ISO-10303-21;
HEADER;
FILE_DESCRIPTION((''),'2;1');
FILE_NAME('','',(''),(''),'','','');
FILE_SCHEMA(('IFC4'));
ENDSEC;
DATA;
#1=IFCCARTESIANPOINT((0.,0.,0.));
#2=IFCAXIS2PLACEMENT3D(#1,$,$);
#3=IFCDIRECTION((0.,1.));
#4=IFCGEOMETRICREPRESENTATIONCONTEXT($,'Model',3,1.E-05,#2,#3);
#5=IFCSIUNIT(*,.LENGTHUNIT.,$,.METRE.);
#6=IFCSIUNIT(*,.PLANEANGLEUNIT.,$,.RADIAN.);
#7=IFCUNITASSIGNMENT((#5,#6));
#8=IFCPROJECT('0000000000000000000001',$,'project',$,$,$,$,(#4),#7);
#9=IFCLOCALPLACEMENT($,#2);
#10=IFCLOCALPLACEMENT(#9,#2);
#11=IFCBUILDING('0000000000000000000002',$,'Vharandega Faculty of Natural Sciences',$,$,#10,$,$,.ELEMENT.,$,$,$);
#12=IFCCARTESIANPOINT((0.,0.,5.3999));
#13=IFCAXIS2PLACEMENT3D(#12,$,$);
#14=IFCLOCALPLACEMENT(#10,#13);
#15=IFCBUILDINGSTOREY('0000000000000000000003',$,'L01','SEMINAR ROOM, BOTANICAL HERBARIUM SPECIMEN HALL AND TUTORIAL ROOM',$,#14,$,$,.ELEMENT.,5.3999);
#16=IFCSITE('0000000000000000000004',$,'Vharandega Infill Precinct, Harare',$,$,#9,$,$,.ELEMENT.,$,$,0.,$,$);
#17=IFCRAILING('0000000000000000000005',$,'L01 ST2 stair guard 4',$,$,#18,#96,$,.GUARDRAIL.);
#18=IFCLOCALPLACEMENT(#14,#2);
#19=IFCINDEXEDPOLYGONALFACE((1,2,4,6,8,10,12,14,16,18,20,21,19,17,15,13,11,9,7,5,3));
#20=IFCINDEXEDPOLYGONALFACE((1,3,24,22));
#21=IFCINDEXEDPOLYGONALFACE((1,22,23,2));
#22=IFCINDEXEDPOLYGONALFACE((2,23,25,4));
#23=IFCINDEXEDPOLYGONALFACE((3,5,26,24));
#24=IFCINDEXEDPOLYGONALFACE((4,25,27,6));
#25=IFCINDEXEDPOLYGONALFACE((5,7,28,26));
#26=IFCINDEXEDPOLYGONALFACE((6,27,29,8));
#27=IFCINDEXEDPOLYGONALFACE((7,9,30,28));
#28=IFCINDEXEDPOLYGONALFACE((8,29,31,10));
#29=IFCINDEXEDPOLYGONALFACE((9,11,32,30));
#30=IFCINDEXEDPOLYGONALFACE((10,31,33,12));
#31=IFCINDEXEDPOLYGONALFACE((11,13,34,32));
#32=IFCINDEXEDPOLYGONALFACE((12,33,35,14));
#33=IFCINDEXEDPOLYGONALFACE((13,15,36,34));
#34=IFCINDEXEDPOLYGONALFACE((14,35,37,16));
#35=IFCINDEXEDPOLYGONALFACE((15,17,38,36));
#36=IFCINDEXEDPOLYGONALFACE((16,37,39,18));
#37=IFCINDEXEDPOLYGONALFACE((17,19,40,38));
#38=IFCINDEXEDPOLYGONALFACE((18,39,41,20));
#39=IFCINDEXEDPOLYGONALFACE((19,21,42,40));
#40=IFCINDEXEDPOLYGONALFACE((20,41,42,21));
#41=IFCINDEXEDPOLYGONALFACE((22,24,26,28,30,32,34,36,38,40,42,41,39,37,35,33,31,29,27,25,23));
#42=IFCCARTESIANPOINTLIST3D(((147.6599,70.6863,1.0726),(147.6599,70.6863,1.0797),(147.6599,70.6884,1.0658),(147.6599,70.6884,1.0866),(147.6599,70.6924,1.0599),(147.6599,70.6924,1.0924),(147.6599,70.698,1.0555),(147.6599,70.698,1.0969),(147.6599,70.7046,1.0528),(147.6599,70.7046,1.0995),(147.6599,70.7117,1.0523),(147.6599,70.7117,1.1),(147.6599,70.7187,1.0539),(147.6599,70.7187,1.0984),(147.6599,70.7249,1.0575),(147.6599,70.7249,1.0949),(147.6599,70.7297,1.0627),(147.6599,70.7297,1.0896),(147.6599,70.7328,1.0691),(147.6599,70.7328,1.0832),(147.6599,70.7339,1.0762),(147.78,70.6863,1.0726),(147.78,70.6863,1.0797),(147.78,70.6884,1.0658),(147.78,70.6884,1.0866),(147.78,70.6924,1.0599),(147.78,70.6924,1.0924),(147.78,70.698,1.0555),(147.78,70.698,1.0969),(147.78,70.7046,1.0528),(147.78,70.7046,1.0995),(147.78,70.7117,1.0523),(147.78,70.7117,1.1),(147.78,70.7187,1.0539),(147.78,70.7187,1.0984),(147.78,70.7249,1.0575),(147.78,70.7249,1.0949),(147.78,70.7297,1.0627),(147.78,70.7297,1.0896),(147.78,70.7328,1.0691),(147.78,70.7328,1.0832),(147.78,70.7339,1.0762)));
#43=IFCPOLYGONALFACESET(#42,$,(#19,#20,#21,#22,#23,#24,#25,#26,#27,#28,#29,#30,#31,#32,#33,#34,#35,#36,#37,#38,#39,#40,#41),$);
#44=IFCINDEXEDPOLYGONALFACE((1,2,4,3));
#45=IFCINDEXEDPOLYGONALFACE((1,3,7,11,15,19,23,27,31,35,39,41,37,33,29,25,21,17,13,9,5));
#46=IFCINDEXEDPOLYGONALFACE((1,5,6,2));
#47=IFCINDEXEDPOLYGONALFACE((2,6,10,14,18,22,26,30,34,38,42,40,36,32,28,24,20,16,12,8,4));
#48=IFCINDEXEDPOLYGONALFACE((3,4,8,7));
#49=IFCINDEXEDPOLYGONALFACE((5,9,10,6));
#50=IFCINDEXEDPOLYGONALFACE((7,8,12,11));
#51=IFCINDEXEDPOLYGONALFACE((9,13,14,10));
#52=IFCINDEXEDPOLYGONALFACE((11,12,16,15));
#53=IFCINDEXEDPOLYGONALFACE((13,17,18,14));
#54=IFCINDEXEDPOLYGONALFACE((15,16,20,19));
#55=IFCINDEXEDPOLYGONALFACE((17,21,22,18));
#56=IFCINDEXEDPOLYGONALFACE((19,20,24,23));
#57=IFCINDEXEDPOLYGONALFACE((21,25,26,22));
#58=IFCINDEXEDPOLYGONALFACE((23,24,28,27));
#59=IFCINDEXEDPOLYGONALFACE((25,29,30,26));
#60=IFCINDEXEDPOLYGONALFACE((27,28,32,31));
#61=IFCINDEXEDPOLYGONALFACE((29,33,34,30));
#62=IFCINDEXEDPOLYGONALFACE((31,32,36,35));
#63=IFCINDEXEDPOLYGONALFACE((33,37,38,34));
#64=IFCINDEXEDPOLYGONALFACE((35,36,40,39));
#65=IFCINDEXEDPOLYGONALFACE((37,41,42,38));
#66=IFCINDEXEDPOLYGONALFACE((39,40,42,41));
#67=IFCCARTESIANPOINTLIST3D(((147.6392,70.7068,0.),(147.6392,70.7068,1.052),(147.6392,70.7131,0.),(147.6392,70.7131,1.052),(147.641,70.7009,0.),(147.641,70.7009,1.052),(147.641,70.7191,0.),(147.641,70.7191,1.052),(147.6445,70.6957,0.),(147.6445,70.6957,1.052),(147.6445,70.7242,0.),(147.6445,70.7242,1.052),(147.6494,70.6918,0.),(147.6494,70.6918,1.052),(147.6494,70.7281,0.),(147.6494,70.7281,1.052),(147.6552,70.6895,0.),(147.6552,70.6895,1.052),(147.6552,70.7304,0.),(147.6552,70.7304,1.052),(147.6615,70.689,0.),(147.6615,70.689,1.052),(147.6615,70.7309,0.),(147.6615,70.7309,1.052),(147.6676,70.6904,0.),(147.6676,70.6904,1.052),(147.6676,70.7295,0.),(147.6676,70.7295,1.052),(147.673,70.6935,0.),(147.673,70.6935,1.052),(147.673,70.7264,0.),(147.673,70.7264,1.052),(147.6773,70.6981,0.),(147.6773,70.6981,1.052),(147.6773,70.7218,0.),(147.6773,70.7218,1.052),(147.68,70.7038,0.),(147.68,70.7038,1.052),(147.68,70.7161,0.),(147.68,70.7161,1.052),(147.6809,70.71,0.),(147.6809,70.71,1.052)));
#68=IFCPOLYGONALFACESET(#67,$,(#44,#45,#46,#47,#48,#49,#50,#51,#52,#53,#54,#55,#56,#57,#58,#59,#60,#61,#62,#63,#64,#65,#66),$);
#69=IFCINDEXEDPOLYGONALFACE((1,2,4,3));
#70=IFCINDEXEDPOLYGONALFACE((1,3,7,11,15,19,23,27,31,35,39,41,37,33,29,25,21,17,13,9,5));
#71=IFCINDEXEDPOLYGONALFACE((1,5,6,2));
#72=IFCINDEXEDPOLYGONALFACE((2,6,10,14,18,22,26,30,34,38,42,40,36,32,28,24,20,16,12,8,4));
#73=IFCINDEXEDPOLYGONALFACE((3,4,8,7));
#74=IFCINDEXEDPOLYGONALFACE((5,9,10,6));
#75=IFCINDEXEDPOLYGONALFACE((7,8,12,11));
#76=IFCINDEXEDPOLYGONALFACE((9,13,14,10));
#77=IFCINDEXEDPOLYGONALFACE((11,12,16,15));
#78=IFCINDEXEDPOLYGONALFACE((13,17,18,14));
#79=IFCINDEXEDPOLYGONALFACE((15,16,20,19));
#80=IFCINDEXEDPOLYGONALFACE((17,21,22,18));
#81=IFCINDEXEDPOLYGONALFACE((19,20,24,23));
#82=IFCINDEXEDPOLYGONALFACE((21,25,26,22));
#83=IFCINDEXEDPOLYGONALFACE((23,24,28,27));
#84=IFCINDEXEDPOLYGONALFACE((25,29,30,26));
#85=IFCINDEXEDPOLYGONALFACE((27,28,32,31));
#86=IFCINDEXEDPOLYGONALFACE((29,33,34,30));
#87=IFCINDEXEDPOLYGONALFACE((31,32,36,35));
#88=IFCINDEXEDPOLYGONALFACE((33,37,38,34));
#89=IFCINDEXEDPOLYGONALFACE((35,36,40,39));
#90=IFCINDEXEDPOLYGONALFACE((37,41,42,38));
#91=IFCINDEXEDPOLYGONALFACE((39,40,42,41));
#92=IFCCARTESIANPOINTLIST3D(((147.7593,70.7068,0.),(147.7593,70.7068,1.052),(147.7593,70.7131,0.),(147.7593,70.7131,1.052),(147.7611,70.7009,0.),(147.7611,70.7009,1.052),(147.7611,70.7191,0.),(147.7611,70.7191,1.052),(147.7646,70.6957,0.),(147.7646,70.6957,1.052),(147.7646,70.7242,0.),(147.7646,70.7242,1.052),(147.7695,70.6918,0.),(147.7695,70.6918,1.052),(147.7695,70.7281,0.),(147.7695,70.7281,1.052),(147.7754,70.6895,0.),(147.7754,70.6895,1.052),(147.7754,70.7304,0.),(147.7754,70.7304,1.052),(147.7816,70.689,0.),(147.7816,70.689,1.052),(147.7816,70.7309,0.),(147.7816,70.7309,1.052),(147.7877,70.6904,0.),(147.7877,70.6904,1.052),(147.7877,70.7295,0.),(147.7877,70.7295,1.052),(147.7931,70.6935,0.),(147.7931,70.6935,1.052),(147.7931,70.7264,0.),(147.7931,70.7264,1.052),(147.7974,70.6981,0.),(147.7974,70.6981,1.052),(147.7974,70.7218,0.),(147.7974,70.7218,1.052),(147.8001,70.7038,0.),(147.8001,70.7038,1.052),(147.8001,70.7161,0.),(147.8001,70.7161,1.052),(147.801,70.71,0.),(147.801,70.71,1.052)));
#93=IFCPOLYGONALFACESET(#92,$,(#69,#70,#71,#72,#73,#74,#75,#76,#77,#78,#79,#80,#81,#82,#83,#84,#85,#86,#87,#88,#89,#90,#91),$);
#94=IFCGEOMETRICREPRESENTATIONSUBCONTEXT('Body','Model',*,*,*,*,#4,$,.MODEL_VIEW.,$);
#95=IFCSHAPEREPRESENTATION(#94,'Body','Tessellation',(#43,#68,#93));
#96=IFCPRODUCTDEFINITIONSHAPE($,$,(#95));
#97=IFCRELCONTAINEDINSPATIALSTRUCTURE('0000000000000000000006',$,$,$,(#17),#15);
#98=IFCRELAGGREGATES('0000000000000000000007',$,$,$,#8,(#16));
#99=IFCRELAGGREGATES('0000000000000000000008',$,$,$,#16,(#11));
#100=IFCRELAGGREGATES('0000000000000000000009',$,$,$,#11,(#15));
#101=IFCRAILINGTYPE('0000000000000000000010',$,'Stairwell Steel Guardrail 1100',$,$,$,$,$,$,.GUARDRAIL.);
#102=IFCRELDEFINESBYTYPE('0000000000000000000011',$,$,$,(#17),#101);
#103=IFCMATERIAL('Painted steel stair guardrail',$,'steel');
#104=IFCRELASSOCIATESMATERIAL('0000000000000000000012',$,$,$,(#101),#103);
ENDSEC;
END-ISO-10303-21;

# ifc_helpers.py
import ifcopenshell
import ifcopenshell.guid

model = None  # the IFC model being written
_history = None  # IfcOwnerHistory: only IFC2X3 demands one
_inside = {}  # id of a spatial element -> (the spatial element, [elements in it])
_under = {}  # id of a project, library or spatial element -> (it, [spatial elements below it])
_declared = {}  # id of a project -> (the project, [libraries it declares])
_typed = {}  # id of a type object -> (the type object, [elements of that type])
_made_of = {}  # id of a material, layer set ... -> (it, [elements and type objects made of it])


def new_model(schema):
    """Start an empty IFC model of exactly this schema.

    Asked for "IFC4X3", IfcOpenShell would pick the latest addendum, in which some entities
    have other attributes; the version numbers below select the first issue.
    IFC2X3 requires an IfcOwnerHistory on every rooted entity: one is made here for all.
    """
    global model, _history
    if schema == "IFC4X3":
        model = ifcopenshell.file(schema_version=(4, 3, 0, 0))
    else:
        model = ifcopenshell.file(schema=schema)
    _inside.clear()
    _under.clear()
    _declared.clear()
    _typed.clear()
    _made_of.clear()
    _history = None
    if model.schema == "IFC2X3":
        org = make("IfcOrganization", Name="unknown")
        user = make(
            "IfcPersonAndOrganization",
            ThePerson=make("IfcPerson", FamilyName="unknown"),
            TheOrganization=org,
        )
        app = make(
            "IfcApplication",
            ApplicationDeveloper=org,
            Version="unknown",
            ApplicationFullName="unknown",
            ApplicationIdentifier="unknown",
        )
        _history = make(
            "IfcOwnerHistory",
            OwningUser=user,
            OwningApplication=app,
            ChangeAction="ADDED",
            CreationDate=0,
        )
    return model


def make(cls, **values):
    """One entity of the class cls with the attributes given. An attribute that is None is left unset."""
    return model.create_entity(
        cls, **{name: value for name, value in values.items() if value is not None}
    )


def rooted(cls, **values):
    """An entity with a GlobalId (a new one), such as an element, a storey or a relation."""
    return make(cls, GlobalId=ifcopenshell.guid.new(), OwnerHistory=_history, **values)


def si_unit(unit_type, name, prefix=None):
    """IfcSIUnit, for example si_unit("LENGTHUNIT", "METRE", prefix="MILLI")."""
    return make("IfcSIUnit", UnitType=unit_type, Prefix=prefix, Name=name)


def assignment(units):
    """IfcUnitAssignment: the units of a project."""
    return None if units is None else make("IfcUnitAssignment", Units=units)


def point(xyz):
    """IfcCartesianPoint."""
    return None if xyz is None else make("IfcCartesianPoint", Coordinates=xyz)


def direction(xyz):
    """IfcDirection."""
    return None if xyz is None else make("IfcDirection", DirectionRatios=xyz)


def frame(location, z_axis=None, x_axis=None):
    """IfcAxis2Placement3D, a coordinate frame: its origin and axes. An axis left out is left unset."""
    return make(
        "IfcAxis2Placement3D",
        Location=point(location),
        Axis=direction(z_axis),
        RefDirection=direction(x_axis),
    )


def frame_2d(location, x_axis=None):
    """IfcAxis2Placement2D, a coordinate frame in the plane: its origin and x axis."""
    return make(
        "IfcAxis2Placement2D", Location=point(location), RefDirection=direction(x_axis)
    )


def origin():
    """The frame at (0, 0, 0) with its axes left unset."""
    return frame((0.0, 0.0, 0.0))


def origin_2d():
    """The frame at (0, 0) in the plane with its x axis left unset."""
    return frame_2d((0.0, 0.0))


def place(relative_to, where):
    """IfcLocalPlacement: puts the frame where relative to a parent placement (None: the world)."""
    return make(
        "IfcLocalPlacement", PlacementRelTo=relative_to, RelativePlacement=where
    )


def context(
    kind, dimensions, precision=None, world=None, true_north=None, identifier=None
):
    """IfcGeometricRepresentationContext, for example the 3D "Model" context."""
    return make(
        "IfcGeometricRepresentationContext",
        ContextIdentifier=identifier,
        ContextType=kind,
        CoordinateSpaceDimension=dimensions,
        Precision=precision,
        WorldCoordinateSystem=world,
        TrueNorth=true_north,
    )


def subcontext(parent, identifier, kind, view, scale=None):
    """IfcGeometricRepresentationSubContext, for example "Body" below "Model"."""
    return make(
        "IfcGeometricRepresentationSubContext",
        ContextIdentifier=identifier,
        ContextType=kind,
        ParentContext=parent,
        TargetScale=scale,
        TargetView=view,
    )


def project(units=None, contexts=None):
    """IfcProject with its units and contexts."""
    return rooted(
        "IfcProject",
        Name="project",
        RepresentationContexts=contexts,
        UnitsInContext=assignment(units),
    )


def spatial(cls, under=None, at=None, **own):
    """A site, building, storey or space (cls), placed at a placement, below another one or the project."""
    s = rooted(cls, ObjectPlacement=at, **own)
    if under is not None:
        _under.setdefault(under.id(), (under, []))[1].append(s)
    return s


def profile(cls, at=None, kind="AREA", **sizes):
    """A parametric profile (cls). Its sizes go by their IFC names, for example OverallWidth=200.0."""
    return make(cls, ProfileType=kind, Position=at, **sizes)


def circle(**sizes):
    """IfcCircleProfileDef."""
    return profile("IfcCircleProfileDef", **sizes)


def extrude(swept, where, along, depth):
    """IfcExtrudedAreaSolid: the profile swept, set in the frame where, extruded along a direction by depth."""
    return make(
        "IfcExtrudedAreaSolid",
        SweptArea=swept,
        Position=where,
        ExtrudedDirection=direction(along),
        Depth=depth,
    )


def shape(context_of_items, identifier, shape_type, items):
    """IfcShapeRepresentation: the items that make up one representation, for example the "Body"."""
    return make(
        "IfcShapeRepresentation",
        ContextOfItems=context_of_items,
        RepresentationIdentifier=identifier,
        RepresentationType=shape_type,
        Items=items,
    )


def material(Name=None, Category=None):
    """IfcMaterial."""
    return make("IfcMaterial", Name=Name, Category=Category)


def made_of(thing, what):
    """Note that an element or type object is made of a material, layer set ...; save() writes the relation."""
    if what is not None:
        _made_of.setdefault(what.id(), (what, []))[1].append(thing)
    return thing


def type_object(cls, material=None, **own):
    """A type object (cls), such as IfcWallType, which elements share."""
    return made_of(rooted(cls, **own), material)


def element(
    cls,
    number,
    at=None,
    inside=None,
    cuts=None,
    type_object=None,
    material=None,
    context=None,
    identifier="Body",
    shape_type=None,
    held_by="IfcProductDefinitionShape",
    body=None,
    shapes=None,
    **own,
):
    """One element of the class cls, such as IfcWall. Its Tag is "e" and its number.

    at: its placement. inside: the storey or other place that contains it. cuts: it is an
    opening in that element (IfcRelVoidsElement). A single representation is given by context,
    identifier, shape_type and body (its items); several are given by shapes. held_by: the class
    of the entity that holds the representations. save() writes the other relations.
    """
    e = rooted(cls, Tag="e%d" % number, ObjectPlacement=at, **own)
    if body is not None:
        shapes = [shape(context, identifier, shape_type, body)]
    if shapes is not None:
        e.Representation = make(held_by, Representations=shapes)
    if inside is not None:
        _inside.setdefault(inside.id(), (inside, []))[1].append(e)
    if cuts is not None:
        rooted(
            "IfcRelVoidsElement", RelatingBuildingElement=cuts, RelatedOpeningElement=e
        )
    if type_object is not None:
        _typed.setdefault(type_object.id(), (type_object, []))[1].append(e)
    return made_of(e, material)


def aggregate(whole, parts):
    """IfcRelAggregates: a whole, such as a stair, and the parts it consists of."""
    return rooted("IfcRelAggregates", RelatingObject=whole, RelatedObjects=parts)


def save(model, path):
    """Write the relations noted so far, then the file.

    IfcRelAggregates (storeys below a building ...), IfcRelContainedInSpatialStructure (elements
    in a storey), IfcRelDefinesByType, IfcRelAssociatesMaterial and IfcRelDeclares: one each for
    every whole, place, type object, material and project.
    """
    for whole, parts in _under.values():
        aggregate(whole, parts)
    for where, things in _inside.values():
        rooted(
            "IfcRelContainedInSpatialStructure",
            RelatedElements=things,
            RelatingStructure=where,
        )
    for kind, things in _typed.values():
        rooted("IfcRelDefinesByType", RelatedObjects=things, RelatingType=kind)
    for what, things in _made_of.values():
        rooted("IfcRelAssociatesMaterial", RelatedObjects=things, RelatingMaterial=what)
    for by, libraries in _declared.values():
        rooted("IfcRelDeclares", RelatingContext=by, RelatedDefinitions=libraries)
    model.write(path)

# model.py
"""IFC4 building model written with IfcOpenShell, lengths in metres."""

from ifc_helpers import new_model, si_unit, direction, frame, origin, origin_2d, place, context, subcontext, project, spatial, circle, extrude, material, type_object, element, save


model = new_model("IFC4")

# Units and contexts
model_context = context("Model", 3, precision=1e-05, world=origin(), true_north=direction((0.0, 1.0)))
body_context = subcontext(model_context, "Body", "Model", "MODEL_VIEW")
ifc_project = project(units=[si_unit("LENGTHUNIT", "METRE"), si_unit("PLANEANGLEUNIT", "RADIAN")], contexts=[model_context])

# Site, building, storey
site_placement = place(None, origin())
site = spatial("IfcSite", under=ifc_project, at=site_placement, Name="Vharandega Infill Precinct, Harare", CompositionType="ELEMENT", RefElevation=0.0)
building_placement = place(site_placement, origin())
building = spatial("IfcBuilding", under=site, at=building_placement, Name="Vharandega Faculty of Natural Sciences", CompositionType="ELEMENT")
storey_placement = place(building_placement, frame((0.0, 0.0, 5.3999)))
storey = spatial("IfcBuildingStorey", under=building, at=storey_placement, Name="L01", Description="SEMINAR ROOM, BOTANICAL HERBARIUM SPECIMEN HALL AND TUTORIAL ROOM", CompositionType="ELEMENT", Elevation=5.3999)

# Railing
ifc_material_1 = material(Name="Painted steel stair guardrail", Category="steel")
railing_type = type_object("IfcRailingType", Name="Stairwell Steel Guardrail 1100", PredefinedType="GUARDRAIL", material=ifc_material_1)
railing_1_placement = place(storey_placement, frame((147.6599, 70.71, 0.0)))
element("IfcRailing", 1, at=railing_1_placement, inside=storey, type_object=railing_type, Name="L01 ST2 stair guard 4", PredefinedType="GUARDRAIL", context=body_context, shape_type="SweptSolid", body=[
    extrude(circle(Radius=0.0239, at=origin_2d()), frame((0.0, 0.0, 1.0762), z_axis=(1.0, 0.0, 0.0), x_axis=(0.0, 1.0, 0.0)), (0.0, 0.0, 1.0), 0.1201),
    extrude(circle(Radius=0.021, at=origin_2d()), origin(), (0.0, 0.0, 1.0), 1.052),
    extrude(circle(Radius=0.021, at=origin_2d()), frame((0.1201, 0.0, 0.0)), (0.0, 0.0, 1.0), 1.052),
])

save(model, "model.ifc")
